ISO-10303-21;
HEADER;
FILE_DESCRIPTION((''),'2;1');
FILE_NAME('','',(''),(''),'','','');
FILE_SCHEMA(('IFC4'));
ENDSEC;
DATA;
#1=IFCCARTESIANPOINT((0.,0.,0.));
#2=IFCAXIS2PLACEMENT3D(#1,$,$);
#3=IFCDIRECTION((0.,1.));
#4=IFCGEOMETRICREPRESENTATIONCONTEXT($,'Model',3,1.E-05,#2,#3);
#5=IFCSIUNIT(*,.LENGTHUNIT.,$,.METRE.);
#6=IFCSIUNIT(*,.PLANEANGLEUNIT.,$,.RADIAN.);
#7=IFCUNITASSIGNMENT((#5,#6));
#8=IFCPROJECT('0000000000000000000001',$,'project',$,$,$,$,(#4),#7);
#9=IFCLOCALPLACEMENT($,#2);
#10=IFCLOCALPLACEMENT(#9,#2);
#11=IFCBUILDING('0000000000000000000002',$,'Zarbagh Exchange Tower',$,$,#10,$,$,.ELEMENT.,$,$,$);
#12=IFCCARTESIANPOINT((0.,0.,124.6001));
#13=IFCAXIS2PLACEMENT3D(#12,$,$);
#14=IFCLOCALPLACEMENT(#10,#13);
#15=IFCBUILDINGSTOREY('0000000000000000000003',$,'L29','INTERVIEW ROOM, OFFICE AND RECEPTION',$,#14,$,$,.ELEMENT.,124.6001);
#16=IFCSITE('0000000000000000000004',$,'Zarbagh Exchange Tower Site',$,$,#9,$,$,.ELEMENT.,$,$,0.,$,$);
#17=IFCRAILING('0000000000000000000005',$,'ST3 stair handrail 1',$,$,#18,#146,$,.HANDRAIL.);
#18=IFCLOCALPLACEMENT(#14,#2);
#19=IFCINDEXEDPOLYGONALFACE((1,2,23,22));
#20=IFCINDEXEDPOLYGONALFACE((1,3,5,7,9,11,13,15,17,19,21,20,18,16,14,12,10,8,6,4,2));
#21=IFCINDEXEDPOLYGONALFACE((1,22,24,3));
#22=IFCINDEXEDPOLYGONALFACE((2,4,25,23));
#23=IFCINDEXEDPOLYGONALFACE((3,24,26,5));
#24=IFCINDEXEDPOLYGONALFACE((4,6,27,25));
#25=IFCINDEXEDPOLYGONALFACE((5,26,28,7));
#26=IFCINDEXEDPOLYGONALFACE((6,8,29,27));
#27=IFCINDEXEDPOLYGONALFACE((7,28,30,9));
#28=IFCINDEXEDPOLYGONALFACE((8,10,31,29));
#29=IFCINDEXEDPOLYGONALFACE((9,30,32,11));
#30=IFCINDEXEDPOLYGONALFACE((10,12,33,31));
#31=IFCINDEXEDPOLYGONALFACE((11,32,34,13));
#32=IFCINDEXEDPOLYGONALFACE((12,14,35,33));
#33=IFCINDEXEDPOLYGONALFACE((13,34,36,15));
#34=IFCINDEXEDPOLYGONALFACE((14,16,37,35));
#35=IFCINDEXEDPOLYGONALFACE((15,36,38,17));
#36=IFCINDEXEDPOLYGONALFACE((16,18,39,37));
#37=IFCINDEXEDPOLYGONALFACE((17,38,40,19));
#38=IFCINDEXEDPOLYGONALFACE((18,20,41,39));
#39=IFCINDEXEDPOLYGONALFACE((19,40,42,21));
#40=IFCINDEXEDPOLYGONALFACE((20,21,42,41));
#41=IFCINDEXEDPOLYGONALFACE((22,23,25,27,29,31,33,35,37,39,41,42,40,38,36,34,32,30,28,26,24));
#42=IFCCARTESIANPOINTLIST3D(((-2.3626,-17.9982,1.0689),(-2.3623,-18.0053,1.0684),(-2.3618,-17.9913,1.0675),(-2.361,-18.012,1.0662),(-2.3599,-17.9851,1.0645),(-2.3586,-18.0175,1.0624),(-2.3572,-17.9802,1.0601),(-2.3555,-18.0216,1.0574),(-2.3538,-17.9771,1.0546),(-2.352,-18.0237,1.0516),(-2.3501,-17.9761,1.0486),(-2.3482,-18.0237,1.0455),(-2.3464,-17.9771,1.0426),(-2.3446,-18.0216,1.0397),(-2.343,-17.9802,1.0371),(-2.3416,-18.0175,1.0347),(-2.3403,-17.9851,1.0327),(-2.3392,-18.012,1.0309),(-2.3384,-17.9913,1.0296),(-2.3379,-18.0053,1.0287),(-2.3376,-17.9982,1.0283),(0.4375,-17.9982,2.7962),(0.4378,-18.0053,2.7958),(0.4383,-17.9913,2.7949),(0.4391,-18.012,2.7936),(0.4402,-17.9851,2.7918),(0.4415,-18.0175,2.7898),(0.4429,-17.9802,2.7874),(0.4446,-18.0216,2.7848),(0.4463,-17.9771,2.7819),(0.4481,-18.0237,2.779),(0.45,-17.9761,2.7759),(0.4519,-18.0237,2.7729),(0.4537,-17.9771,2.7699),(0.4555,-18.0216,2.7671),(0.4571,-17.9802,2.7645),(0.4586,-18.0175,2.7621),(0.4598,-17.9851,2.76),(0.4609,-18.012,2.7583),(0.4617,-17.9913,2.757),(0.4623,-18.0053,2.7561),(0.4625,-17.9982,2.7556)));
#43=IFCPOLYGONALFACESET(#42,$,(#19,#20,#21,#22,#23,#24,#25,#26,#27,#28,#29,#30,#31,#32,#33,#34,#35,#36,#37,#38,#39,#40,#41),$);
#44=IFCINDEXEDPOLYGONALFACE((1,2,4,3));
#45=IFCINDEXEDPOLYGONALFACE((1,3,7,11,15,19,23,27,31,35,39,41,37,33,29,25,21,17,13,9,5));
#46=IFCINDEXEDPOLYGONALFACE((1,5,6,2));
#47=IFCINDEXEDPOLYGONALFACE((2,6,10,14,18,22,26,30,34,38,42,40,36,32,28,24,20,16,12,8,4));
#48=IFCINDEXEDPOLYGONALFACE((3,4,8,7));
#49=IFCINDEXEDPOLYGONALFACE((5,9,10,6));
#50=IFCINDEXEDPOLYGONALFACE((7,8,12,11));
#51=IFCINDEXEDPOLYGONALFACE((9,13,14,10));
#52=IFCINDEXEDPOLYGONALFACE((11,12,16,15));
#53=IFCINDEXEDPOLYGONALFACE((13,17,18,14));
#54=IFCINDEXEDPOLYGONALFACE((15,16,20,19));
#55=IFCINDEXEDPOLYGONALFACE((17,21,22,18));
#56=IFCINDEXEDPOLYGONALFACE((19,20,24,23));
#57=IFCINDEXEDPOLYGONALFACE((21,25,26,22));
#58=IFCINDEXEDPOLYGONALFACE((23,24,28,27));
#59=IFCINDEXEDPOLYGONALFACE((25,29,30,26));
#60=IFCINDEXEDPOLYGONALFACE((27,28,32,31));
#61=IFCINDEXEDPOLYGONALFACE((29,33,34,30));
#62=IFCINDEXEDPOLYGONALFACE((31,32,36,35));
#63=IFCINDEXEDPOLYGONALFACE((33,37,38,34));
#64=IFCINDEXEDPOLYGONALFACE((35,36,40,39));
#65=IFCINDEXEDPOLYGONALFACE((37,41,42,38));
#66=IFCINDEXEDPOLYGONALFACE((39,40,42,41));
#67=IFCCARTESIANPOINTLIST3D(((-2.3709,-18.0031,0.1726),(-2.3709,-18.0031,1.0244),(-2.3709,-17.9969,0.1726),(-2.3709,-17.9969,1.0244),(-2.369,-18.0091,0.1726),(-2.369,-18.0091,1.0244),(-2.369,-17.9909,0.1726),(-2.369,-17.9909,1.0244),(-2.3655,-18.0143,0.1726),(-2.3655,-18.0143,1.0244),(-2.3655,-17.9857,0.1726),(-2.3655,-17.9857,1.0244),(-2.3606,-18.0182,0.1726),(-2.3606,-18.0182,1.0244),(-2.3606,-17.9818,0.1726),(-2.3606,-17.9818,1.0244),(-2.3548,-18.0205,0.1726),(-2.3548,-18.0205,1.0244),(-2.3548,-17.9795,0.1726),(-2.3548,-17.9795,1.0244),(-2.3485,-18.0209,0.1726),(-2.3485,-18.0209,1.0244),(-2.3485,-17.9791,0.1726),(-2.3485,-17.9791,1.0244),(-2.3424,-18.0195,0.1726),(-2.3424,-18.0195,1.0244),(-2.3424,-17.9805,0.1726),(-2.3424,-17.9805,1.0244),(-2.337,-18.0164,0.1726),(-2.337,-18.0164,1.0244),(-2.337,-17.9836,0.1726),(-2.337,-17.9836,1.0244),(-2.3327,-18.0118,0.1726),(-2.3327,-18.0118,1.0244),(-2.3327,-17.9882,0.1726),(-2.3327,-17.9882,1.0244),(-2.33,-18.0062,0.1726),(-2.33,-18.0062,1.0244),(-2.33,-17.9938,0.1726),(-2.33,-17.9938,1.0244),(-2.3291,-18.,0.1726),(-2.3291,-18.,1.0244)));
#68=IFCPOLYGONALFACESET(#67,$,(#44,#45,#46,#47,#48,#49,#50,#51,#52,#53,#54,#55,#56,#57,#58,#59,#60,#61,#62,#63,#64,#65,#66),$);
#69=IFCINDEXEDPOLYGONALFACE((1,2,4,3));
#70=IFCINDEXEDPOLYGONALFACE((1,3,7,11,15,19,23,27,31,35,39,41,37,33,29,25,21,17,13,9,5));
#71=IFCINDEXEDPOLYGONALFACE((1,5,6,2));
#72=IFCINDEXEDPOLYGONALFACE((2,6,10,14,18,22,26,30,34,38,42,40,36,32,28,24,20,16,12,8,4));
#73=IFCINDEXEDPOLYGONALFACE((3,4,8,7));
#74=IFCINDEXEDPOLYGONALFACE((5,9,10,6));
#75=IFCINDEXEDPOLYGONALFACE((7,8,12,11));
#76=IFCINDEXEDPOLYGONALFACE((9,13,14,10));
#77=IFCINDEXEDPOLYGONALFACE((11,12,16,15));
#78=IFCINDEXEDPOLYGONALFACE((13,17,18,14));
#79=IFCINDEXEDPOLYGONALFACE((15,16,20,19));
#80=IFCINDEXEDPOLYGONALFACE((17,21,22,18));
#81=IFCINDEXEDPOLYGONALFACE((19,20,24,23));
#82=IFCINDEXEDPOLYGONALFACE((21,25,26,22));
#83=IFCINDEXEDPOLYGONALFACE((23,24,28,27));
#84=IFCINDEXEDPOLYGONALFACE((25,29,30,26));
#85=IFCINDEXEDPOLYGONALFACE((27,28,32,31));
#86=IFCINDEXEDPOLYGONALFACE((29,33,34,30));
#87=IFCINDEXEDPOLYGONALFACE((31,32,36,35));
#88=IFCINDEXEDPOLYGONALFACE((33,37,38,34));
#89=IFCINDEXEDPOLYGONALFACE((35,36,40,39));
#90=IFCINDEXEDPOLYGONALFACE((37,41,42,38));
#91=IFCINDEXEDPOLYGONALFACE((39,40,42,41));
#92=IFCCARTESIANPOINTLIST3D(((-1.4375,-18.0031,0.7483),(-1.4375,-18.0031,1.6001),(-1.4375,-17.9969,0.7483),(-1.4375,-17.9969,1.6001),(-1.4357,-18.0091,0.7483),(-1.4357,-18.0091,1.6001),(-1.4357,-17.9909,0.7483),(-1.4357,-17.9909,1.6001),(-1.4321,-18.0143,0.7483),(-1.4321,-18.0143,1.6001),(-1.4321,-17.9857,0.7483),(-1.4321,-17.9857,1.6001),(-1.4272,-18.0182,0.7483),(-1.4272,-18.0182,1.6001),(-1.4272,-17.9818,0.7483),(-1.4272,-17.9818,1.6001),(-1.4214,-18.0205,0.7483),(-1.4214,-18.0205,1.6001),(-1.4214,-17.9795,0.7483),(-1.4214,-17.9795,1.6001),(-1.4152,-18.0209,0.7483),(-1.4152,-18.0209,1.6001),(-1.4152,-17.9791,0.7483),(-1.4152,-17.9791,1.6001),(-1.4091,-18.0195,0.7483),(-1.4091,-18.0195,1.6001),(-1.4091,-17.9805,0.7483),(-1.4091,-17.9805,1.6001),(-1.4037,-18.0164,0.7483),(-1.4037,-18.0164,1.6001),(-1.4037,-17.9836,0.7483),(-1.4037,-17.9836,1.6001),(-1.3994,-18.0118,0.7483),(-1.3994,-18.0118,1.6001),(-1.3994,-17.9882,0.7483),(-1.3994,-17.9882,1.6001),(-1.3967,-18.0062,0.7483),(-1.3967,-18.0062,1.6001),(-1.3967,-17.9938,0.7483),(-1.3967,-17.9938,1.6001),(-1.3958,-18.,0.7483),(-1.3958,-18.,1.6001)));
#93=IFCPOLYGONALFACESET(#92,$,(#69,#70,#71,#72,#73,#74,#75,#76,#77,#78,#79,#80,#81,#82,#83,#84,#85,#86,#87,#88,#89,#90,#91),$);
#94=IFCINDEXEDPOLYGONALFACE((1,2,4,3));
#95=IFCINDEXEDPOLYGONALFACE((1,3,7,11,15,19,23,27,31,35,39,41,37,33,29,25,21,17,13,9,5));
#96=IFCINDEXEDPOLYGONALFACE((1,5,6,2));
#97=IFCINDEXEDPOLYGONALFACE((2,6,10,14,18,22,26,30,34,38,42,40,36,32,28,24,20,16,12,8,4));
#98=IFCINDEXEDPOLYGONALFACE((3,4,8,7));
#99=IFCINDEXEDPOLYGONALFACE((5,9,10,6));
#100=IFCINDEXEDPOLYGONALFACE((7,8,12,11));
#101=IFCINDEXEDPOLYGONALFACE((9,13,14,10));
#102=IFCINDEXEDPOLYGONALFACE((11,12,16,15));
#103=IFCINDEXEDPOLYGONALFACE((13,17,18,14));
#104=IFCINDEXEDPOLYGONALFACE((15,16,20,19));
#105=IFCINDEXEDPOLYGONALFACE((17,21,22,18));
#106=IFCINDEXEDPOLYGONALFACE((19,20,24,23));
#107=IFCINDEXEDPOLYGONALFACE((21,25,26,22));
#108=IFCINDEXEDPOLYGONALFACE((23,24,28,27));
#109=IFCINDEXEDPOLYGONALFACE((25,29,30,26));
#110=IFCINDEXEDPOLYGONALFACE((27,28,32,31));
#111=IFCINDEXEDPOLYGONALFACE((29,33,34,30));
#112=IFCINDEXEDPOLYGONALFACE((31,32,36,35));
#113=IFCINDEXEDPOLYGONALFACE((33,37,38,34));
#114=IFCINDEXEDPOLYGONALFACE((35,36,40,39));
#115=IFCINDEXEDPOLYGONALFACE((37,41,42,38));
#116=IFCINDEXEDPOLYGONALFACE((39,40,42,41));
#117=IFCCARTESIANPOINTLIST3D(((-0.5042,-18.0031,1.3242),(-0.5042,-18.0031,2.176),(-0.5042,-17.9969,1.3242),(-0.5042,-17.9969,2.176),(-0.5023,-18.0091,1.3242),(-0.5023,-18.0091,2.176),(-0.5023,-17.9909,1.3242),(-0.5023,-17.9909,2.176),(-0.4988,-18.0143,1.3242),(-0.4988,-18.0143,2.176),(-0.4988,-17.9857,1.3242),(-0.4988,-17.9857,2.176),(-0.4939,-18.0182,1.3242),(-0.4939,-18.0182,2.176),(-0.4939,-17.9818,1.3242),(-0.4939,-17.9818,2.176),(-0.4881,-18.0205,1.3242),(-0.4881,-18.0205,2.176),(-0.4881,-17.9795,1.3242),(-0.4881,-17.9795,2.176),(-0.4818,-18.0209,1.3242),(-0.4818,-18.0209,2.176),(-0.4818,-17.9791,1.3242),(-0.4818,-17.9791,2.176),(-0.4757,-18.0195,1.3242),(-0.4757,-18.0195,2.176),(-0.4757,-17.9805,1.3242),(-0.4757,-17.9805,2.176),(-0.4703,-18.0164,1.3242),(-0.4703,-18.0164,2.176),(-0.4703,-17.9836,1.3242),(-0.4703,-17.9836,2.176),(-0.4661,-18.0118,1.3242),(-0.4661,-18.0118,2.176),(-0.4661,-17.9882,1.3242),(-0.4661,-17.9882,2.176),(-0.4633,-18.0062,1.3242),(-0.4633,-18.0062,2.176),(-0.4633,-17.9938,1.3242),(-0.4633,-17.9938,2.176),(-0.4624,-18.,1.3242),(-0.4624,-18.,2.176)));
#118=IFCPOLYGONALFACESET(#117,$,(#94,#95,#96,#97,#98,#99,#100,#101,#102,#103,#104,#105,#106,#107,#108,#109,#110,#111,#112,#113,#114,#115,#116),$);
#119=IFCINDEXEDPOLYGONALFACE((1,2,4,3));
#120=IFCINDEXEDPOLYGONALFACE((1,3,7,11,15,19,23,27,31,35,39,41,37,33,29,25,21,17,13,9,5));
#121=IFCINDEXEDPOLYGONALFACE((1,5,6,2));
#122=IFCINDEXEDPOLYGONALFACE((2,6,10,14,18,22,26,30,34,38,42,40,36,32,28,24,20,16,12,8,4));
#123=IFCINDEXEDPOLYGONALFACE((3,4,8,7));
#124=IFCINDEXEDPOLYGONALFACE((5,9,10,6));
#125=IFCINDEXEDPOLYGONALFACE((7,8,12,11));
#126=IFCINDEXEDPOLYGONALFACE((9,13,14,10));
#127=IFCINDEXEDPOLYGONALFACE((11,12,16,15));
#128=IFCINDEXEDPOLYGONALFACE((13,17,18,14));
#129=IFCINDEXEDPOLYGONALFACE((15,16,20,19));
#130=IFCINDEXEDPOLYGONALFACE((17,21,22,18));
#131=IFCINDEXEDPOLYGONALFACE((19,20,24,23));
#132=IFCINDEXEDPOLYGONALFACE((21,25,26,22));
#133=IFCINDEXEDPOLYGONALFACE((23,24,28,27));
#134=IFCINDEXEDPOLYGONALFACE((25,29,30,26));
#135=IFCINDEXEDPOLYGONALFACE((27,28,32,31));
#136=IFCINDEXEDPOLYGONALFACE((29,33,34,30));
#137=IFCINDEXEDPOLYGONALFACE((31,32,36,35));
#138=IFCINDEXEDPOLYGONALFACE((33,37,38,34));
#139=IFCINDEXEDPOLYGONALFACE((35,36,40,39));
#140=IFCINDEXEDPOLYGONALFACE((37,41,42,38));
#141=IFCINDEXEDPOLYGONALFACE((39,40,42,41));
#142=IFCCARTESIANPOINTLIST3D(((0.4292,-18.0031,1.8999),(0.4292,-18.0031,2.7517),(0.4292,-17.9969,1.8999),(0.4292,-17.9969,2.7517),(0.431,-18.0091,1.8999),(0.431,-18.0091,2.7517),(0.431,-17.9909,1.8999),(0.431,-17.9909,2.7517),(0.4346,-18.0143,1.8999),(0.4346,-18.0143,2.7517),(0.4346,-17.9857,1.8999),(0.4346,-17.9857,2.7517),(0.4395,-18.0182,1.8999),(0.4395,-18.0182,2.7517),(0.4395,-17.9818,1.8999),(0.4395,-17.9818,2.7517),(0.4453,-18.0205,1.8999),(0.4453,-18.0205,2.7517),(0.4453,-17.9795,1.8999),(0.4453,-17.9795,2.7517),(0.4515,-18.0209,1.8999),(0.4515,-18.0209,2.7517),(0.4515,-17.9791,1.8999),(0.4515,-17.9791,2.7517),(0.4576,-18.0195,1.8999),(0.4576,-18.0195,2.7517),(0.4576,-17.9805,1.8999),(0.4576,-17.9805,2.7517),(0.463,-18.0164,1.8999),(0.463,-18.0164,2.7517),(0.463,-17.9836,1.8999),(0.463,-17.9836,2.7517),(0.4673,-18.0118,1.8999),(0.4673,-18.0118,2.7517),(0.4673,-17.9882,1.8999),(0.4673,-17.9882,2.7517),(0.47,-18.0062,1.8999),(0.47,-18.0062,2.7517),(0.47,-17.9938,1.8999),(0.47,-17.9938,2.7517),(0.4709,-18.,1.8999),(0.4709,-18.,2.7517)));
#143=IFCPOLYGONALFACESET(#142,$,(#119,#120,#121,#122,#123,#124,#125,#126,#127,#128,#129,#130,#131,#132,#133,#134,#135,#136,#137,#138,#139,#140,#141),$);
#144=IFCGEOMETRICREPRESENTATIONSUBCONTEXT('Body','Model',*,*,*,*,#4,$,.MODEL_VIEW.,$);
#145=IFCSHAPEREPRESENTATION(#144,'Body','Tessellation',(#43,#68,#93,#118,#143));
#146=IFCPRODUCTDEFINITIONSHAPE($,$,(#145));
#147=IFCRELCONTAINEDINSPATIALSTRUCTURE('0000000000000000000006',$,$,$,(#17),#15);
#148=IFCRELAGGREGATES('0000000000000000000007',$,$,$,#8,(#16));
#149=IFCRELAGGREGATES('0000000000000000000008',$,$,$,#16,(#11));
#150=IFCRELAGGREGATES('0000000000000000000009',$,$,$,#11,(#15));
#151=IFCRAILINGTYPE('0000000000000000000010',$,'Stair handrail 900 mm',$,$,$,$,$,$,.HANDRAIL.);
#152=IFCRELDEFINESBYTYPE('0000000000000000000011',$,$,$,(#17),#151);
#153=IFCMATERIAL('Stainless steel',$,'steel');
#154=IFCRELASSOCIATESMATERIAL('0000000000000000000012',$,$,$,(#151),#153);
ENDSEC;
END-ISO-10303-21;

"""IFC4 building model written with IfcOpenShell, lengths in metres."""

from ifc_helpers import new_model, si_unit, direction, frame, origin, origin_2d, place, context, subcontext, project, spatial, circle, extrude, material, type_object, element, save


model = new_model("IFC4")

# Units and contexts
model_context = context("Model", 3, precision=1e-05, world=origin(), true_north=direction((0.0, 1.0)))
body_context = subcontext(model_context, "Body", "Model", "MODEL_VIEW")
ifc_project = project(units=[si_unit("LENGTHUNIT", "METRE"), si_unit("PLANEANGLEUNIT", "RADIAN")], contexts=[model_context])

# Site, building, storey
site_placement = place(None, origin())
site = spatial("IfcSite", under=ifc_project, at=site_placement, Name="Zarbagh Exchange Tower Site", CompositionType="ELEMENT", RefElevation=0.0)
building_placement = place(site_placement, origin())
building = spatial("IfcBuilding", under=site, at=building_placement, Name="Zarbagh Exchange Tower", CompositionType="ELEMENT")
storey_placement = place(building_placement, frame((0.0, 0.0, 124.6001)))
storey = spatial("IfcBuildingStorey", under=building, at=storey_placement, Name="L29", Description="INTERVIEW ROOM, OFFICE AND RECEPTION", CompositionType="ELEMENT", Elevation=124.6001)

# Shared definitions
ifc_material_1 = material(Name="Stainless steel", Category="steel")

# Railing
railing_type = type_object("IfcRailingType", Name="Stair handrail 900 mm", PredefinedType="HANDRAIL", material=ifc_material_1)
for number, where, name in (
    (1, (-2.3501, -18.0, 0.1726), "ST3 stair handrail 1"),
):
    element("IfcRailing", number, at=place(storey_placement, frame(where)), inside=storey, type_object=railing_type, Name=name, PredefinedType="HANDRAIL", context=body_context, shape_type="SweptSolid", body=[
        extrude(circle(Radius=0.0239, at=origin_2d()), frame((0.0, 0.0, 0.876), z_axis=(0.85109, 0.0, 0.52502), x_axis=(0.0, 1.0, 0.0)), (0.0, 0.0, 1.0), 3.29),
        extrude(circle(Radius=0.021, at=origin_2d()), origin(), (0.0, 0.0, 1.0), 0.8518),
        extrude(circle(Radius=0.021, at=origin_2d()), frame((0.9333, 0.0, 0.5757)), (0.0, 0.0, 1.0), 0.8518),
        extrude(circle(Radius=0.021, at=origin_2d()), frame((1.8667, 0.0, 1.1516)), (0.0, 0.0, 1.0), 0.8518),
        extrude(circle(Radius=0.021, at=origin_2d()), frame((2.8, 0.0, 1.7273)), (0.0, 0.0, 1.0), 0.8518),
    ])

save(model, "model.ifc")
